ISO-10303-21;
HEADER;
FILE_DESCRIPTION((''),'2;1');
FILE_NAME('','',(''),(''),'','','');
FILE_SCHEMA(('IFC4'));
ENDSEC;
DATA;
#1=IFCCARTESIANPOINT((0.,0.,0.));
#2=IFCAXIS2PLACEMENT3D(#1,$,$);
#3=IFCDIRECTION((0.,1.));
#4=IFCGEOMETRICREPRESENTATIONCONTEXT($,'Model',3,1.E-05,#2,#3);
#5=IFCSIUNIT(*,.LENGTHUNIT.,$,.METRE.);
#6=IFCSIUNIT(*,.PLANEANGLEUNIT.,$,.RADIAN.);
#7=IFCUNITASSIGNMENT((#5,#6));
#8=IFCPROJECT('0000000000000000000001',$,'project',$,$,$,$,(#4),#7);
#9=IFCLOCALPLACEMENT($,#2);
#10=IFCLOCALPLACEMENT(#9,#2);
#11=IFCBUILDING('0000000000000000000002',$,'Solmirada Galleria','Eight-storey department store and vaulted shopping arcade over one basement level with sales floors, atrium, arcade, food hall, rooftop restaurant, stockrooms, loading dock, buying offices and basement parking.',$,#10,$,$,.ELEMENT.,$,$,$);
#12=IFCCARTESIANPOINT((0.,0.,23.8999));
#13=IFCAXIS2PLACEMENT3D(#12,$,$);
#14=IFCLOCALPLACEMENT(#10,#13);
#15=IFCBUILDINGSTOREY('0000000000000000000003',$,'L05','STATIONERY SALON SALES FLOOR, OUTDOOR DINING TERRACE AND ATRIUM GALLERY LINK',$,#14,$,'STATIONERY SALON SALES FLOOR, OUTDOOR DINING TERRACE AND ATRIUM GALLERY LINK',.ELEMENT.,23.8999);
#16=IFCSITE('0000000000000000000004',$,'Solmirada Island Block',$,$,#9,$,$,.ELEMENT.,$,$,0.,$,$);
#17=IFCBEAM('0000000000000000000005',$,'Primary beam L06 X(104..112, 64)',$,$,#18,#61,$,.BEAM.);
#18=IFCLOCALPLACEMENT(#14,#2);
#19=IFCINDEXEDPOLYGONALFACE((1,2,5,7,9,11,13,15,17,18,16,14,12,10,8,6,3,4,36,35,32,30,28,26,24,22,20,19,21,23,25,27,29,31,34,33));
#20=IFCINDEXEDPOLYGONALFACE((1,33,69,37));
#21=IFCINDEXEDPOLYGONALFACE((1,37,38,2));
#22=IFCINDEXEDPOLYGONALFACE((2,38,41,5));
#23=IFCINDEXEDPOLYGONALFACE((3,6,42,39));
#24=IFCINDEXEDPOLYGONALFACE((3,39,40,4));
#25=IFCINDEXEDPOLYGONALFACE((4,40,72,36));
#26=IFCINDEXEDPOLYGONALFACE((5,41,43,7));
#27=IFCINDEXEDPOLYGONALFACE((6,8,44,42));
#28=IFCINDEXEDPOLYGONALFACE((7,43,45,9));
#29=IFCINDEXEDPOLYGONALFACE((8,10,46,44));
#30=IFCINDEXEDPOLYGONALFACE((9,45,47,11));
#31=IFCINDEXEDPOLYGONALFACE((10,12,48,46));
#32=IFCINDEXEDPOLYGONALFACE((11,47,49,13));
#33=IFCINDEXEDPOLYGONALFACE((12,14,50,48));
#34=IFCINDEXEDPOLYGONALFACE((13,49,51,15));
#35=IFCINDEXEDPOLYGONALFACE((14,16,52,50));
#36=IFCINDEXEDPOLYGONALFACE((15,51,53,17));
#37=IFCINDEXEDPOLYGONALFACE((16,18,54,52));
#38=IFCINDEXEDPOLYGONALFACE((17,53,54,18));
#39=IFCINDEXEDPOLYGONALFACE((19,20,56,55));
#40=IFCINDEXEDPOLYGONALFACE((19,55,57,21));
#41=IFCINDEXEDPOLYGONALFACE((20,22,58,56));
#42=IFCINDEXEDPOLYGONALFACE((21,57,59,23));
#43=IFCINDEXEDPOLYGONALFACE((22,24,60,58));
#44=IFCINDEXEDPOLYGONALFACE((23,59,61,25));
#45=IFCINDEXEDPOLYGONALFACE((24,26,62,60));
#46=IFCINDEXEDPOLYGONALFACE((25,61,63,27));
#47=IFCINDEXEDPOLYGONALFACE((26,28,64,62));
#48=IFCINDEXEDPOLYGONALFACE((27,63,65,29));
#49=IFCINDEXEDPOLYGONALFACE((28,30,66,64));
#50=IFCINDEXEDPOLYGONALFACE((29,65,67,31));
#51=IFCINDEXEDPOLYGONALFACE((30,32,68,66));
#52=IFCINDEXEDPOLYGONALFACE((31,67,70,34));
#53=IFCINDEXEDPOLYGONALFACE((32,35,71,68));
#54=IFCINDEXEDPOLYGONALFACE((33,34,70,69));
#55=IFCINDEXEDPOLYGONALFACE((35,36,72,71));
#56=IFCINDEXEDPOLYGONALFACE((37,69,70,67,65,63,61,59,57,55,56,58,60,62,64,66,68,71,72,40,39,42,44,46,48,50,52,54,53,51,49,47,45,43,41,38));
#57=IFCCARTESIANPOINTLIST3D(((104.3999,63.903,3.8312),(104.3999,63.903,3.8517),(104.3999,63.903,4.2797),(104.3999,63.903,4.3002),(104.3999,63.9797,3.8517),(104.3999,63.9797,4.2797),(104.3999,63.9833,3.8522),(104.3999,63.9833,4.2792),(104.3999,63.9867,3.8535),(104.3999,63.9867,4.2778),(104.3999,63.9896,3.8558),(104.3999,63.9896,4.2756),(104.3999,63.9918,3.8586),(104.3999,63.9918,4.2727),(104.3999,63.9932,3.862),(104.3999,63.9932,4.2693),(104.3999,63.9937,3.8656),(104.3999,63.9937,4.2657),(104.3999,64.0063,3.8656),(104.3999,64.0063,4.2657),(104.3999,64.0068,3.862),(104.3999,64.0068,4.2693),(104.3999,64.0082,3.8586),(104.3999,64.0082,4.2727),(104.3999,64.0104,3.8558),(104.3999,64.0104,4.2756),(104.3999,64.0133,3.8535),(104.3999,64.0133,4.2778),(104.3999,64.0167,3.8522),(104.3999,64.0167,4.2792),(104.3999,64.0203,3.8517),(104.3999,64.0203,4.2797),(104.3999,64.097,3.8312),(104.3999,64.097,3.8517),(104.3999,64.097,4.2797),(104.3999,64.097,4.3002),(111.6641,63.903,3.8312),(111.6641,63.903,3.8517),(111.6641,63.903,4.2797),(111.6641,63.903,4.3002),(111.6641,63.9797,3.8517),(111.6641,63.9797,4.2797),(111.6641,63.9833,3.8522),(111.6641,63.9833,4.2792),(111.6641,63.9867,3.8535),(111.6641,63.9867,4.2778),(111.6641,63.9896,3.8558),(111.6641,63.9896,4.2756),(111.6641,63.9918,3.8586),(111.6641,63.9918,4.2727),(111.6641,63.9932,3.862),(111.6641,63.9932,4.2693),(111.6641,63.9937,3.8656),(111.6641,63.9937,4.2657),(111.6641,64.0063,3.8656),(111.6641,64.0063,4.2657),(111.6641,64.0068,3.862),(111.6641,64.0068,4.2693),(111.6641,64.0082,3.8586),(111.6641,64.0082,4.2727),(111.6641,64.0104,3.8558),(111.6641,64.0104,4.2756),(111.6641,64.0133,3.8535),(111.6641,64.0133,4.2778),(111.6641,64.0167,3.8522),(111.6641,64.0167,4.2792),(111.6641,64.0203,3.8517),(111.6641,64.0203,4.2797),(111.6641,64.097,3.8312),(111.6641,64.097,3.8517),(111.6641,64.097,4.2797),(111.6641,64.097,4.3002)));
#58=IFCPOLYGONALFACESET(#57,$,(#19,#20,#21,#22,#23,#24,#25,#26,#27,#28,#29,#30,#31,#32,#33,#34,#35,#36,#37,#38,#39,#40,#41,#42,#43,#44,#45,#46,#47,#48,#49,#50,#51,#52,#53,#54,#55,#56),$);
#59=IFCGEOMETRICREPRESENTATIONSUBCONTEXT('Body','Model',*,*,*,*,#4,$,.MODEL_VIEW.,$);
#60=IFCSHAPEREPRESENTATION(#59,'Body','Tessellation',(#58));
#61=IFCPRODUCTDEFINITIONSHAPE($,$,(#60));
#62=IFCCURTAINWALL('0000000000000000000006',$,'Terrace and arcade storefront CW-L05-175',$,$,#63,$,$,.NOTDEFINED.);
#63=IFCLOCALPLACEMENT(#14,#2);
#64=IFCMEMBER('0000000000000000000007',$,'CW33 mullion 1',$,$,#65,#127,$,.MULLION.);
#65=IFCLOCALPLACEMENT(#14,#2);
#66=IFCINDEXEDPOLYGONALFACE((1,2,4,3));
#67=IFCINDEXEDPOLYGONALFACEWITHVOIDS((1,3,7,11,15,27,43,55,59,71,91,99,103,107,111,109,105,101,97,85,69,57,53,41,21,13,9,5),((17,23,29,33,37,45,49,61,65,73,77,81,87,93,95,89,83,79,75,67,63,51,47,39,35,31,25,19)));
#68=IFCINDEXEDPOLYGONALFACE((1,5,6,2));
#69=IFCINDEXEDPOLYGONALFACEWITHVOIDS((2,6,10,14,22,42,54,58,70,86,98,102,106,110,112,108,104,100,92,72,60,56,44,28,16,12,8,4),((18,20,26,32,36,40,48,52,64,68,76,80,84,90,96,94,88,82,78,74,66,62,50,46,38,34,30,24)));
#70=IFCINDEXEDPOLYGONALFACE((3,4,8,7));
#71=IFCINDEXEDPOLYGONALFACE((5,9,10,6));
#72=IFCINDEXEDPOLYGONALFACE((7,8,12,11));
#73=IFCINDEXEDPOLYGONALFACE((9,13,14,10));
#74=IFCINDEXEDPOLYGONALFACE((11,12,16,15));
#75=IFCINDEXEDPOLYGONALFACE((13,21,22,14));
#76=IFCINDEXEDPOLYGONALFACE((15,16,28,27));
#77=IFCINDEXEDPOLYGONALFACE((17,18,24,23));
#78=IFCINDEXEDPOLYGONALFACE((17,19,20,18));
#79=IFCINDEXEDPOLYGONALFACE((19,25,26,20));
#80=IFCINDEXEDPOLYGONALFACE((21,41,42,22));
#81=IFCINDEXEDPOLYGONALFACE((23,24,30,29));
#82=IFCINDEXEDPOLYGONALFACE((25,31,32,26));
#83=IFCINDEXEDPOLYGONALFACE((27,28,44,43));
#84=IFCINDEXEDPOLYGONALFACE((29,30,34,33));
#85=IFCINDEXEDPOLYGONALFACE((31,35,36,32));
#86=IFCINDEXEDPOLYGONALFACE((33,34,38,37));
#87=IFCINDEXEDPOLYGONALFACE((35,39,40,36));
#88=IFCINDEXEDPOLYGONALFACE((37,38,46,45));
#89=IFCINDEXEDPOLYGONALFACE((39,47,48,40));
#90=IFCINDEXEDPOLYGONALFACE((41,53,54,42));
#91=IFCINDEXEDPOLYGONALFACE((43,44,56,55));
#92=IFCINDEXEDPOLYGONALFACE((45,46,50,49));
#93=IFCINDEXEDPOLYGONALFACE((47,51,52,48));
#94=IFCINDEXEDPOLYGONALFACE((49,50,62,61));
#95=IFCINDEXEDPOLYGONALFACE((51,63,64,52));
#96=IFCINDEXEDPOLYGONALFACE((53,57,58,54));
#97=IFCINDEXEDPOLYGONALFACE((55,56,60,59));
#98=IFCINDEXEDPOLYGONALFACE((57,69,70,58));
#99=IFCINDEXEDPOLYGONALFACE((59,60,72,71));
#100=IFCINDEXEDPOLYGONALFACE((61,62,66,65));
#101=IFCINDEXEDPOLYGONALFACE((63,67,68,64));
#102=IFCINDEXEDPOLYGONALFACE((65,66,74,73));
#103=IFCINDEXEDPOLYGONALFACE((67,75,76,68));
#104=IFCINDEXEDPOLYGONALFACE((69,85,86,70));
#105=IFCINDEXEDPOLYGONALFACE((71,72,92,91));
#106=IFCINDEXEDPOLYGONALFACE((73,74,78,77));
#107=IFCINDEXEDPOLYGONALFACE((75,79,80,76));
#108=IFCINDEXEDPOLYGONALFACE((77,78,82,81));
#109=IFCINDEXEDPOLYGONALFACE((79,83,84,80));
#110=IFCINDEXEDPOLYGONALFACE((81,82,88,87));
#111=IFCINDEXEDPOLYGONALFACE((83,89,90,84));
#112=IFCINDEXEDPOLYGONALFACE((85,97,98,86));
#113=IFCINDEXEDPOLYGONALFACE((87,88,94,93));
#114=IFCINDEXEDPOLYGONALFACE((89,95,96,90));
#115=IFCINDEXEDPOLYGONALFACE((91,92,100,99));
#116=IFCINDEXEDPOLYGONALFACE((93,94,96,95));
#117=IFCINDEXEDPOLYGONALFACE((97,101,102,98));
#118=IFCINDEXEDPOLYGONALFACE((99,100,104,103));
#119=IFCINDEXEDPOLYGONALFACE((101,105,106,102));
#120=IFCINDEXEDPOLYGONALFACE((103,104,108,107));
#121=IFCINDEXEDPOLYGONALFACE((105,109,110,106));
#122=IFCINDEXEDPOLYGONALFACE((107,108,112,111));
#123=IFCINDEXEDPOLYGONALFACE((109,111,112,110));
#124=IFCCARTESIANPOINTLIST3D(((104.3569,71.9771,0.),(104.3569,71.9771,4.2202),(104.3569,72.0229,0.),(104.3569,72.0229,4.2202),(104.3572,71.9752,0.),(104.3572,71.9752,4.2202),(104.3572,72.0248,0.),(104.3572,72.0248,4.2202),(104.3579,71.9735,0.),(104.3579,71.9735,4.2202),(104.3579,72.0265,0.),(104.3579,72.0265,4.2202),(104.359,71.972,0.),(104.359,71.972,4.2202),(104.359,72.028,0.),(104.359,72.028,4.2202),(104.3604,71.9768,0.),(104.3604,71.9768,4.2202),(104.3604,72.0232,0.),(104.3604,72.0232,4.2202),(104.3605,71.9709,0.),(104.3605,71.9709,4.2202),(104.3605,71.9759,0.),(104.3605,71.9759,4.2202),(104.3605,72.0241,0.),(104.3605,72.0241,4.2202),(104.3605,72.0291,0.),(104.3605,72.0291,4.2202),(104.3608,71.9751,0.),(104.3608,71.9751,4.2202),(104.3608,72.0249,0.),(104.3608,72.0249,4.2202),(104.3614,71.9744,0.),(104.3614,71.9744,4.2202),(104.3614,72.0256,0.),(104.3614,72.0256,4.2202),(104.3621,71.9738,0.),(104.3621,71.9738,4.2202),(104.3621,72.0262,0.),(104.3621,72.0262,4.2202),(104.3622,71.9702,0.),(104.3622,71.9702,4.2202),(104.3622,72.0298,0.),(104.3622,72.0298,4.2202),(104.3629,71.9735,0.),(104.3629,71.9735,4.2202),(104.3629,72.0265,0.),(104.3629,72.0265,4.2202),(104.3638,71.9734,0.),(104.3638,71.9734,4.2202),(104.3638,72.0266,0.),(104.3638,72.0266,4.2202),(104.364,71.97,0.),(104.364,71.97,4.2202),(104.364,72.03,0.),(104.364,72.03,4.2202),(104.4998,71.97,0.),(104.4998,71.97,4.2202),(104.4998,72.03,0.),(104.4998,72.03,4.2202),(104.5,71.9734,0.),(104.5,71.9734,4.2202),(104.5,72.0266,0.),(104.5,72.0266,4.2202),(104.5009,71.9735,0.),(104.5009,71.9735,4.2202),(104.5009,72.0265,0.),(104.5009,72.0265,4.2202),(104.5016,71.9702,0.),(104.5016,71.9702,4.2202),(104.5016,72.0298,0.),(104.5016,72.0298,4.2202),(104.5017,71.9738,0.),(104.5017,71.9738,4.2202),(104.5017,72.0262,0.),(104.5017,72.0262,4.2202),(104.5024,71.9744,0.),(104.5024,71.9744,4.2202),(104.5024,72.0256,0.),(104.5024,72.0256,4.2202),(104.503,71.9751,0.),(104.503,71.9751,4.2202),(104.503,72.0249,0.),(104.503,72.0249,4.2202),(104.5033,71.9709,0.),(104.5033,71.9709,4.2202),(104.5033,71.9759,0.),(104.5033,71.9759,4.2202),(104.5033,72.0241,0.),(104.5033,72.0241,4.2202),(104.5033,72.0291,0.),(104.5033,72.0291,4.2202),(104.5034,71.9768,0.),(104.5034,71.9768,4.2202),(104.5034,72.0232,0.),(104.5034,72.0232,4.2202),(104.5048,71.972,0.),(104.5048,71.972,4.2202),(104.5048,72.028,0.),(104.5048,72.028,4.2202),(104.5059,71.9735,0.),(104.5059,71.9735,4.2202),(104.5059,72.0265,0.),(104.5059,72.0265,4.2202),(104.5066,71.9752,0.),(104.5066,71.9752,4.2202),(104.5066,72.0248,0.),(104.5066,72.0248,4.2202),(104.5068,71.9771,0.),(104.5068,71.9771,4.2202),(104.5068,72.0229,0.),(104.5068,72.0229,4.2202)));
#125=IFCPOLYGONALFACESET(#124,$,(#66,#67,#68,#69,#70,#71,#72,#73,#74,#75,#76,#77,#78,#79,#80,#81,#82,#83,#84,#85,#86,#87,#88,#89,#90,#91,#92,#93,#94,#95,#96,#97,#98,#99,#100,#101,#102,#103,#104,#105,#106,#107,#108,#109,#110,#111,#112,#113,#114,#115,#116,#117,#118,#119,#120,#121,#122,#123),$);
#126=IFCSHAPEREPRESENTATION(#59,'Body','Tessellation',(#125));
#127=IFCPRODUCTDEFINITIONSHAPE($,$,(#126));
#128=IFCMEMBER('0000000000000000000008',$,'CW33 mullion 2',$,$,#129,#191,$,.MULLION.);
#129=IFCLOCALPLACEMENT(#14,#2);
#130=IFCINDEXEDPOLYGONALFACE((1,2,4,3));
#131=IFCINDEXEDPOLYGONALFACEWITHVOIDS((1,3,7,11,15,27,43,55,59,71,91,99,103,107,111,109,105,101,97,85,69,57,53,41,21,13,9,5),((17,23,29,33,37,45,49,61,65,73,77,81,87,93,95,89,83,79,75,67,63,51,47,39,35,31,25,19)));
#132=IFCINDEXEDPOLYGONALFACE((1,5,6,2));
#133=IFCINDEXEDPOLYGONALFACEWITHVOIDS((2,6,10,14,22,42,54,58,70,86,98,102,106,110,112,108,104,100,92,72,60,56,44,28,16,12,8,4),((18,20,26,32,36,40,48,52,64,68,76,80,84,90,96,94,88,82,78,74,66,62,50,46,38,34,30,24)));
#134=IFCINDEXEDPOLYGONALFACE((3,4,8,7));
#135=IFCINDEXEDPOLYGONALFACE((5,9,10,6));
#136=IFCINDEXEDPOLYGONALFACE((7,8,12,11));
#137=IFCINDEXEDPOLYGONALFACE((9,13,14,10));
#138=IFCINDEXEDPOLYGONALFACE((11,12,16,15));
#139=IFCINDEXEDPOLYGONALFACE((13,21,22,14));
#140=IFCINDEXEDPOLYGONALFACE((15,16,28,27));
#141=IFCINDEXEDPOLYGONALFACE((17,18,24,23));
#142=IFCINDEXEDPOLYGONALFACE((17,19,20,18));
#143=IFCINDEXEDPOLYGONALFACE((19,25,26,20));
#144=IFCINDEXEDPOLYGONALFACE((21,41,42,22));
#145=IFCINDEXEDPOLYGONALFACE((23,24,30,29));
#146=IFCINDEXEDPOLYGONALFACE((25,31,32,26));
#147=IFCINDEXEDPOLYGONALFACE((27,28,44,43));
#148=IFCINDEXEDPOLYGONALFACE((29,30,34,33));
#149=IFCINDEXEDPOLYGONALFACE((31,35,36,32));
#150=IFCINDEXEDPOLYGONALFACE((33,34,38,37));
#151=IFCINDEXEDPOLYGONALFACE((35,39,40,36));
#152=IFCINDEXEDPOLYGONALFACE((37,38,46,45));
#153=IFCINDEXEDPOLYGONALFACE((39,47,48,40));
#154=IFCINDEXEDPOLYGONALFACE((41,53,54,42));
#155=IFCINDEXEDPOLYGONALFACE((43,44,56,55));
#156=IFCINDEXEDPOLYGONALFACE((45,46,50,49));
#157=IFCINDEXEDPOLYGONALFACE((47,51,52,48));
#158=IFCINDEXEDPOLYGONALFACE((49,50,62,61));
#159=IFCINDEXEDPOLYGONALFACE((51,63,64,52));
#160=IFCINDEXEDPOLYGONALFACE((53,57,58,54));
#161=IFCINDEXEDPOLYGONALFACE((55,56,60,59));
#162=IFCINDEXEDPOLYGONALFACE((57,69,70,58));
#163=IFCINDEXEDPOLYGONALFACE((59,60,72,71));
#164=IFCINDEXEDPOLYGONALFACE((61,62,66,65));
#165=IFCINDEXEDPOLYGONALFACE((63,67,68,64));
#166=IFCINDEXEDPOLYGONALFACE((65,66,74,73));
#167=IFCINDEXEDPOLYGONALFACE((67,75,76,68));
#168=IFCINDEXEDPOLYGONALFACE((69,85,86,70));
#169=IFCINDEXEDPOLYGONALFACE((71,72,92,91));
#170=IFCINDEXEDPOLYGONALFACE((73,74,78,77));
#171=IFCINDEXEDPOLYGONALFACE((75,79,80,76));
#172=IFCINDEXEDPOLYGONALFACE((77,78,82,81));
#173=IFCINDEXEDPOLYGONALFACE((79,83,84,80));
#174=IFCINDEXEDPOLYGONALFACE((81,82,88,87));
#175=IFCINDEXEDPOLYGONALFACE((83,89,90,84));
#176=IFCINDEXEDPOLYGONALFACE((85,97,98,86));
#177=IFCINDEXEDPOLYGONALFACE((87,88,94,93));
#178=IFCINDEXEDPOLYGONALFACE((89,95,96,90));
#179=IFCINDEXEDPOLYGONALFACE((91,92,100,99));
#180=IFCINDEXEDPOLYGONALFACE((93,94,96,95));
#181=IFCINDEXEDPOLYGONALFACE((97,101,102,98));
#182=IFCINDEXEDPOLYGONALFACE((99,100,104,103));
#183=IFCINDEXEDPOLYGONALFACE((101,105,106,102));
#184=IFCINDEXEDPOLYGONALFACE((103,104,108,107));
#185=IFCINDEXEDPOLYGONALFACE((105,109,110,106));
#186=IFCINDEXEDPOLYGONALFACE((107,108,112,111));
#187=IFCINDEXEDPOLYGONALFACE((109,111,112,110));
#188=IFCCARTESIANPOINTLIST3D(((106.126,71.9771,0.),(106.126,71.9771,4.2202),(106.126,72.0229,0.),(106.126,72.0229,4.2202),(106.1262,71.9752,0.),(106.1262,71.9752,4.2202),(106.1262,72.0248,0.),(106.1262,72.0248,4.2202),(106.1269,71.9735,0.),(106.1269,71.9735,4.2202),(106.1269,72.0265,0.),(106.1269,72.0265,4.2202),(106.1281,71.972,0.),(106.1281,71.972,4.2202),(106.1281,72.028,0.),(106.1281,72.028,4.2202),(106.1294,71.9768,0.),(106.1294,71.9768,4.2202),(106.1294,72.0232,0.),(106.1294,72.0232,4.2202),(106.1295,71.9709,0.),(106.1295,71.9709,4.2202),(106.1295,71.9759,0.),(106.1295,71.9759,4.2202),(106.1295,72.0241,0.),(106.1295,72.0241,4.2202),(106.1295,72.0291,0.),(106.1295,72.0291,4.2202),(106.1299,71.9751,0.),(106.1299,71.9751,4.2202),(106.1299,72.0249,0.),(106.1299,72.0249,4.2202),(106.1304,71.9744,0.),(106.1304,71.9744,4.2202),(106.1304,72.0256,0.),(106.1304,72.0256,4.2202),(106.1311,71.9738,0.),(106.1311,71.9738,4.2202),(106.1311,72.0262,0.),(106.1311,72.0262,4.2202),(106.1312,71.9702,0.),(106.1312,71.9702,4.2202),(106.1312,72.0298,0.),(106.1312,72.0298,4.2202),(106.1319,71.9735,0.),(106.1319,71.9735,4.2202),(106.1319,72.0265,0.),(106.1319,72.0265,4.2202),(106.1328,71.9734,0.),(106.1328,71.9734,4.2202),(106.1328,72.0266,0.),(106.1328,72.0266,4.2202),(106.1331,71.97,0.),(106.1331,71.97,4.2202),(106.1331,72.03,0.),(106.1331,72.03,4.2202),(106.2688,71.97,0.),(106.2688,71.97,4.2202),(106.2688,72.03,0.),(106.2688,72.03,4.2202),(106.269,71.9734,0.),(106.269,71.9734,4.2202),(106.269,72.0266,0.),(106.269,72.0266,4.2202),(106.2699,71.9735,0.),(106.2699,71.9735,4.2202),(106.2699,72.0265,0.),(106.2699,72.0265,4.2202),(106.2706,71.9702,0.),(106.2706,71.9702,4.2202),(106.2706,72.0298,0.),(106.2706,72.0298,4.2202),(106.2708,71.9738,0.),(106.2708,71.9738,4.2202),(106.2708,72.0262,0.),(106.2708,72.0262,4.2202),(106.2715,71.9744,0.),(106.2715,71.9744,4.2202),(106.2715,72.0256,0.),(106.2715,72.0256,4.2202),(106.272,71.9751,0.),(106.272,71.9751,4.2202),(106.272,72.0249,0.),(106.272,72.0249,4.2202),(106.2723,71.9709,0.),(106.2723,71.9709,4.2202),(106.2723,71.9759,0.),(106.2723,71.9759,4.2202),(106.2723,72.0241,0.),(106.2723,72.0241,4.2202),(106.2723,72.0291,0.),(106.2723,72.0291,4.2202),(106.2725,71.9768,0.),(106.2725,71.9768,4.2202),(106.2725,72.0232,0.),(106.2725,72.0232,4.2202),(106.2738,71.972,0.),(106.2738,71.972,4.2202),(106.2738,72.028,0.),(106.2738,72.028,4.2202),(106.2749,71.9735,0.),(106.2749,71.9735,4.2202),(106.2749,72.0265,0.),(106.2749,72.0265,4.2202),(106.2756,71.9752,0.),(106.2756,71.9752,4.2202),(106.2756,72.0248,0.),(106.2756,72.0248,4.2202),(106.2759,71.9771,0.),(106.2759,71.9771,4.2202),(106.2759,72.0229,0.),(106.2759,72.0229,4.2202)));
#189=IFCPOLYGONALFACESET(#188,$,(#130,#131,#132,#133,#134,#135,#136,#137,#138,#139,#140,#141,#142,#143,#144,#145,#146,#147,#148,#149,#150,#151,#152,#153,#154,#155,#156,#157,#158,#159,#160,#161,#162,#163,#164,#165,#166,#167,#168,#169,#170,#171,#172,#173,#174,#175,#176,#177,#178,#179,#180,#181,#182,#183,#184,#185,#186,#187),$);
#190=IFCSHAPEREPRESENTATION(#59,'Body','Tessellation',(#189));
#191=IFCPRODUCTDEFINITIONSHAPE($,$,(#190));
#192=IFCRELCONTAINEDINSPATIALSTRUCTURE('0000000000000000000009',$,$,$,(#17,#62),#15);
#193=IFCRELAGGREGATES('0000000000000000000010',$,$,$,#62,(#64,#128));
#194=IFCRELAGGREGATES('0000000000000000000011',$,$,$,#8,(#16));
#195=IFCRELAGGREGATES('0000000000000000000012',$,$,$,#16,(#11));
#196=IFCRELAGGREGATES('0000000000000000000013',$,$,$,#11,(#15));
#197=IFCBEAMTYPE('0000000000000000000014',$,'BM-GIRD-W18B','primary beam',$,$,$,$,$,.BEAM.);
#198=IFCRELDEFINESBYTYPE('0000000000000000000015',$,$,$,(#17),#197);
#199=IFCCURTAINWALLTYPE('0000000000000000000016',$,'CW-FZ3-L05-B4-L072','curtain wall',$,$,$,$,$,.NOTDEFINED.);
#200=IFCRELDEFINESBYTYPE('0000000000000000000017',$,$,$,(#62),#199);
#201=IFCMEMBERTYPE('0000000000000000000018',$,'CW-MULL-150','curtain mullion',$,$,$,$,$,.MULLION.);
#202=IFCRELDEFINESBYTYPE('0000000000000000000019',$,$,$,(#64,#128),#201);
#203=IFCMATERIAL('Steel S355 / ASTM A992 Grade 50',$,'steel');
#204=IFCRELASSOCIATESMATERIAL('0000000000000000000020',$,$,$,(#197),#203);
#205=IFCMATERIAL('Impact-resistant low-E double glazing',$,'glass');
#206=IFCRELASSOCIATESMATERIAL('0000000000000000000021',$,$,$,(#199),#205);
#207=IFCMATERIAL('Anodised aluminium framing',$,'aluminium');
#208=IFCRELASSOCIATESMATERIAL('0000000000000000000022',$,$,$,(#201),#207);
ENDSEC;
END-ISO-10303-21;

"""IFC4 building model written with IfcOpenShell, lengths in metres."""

from ifc_helpers import new_model, si_unit, direction, frame, origin, origin_2d, place, context, subcontext, project, spatial, hollow_rectangle, i_section, extrude, material, material_profile, profile_set, type_object, element, aggregate, save


model = new_model("IFC4")

# Units and contexts
model_context = context("Model", 3, precision=1e-05, world=origin(), true_north=direction((0.0, 1.0)))
body_context = subcontext(model_context, "Body", "Model", "MODEL_VIEW")
ifc_project = project(units=[si_unit("LENGTHUNIT", "METRE"), si_unit("PLANEANGLEUNIT", "RADIAN")], contexts=[model_context])

# Site, building, storey
site_placement = place(None, origin())
site = spatial("IfcSite", under=ifc_project, at=site_placement, Name="Solmirada Island Block", CompositionType="ELEMENT", RefElevation=0.0)
building_placement = place(site_placement, origin())
building = spatial("IfcBuilding", under=site, at=building_placement, Name="Solmirada Galleria", Description="Eight-storey department store and vaulted shopping arcade over one basement level with sales floors, atrium, arcade, food hall, rooftop restaurant, stockrooms, loading dock, buying offices and basement parking.", CompositionType="ELEMENT")
storey_placement = place(building_placement, frame((0.0, 0.0, 23.8999)))
storey = spatial("IfcBuildingStorey", under=building, at=storey_placement, Name="L05", Description="STATIONERY SALON SALES FLOOR, OUTDOOR DINING TERRACE AND ATRIUM GALLERY LINK", LongName="STATIONERY SALON SALES FLOOR, OUTDOOR DINING TERRACE AND ATRIUM GALLERY LINK", CompositionType="ELEMENT", Elevation=23.8999)

# Beam
ifc_material_1 = material(Name="Steel S355 / ASTM A992 Grade 50", Category="steel")
ifc_material_profile_1 = material_profile(ifc_material_1, i_section(OverallWidth=0.1941, OverallDepth=0.469, WebThickness=0.0127, FlangeThickness=0.0205, FilletRadius=0.0139, at=origin_2d()), Name="W18X71")
ifc_profile_set_1 = profile_set([ifc_material_profile_1], Name="Steel S355 / ASTM A992 Grade 50")
beam_type = type_object("IfcBeamType", Name="BM-GIRD-W18B", Description="primary beam", PredefinedType="BEAM", material=ifc_profile_set_1)
beam_placement = place(storey_placement, frame((104.3999, 64.0, 4.0657), z_axis=(1.0, 0.0, 0.0), x_axis=(0.0, 1.0, 0.0)))
element("IfcBeam", 1, at=beam_placement, inside=storey, type_object=beam_type, Name="Primary beam L06 X(104..112, 64)", PredefinedType="BEAM", context=body_context, shape_type="SweptSolid", body=[
    extrude(i_section(OverallWidth=0.1941, OverallDepth=0.469, WebThickness=0.0127, FlangeThickness=0.0205, FilletRadius=0.0139, at=origin_2d()), origin(), (0.0, 0.0, 1.0), 7.2642),
])

# Curtain wall, members
ifc_material_2 = material(Name="Impact-resistant low-E double glazing", Category="glass")
curtain_wall_type = type_object("IfcCurtainWallType", Name="CW-FZ3-L05-B4-L072", Description="curtain wall", PredefinedType="NOTDEFINED", material=ifc_material_2)
curtain_wall_placement = place(storey_placement, origin())
curtain_wall = element("IfcCurtainWall", 2, at=curtain_wall_placement, inside=storey, type_object=curtain_wall_type, Name="Terrace and arcade storefront CW-L05-175", PredefinedType="NOTDEFINED")
ifc_material_3 = material(Name="Anodised aluminium framing", Category="aluminium")
ifc_material_profile_2 = material_profile(ifc_material_3, hollow_rectangle(XDim=0.0601, YDim=0.1499, WallThickness=0.0034, InnerFilletRadius=0.0034, OuterFilletRadius=0.0071, at=origin_2d()), Name="ALU-MULL-150X60")
ifc_profile_set_2 = profile_set([ifc_material_profile_2], Name="Anodised aluminium framing")
member_type_1 = type_object("IfcMemberType", Name="CW-MULL-150", Description="curtain mullion", PredefinedType="MULLION", material=ifc_profile_set_2)
member_1_placement = place(storey_placement, frame((104.4319, 72.0, 0.0), z_axis=(0.0, 0.0, 1.0), x_axis=(0.0, 1.0, 0.0)))
member_1 = element("IfcMember", 3, at=member_1_placement, type_object=member_type_1, Name="CW33 mullion 1", PredefinedType="MULLION", context=body_context, shape_type="SweptSolid", body=[
    extrude(hollow_rectangle(XDim=0.0601, YDim=0.1499, WallThickness=0.0034, InnerFilletRadius=0.0034, OuterFilletRadius=0.0071, at=origin_2d()), origin(), (0.0, 0.0, 1.0), 4.2202),
])
member_2_placement = place(storey_placement, frame((106.2009, 72.0, 0.0), z_axis=(0.0, 0.0, 1.0), x_axis=(0.0, 1.0, 0.0)))
member_2 = element("IfcMember", 4, at=member_2_placement, type_object=member_type_1, Name="CW33 mullion 2", PredefinedType="MULLION", context=body_context, shape_type="SweptSolid", body=[
    extrude(hollow_rectangle(XDim=0.0601, YDim=0.1499, WallThickness=0.0034, InnerFilletRadius=0.0034, OuterFilletRadius=0.0071, at=origin_2d()), origin(), (0.0, 0.0, 1.0), 4.2202),
])
aggregate(curtain_wall, [member_1, member_2])

save(model, "model.ifc")
